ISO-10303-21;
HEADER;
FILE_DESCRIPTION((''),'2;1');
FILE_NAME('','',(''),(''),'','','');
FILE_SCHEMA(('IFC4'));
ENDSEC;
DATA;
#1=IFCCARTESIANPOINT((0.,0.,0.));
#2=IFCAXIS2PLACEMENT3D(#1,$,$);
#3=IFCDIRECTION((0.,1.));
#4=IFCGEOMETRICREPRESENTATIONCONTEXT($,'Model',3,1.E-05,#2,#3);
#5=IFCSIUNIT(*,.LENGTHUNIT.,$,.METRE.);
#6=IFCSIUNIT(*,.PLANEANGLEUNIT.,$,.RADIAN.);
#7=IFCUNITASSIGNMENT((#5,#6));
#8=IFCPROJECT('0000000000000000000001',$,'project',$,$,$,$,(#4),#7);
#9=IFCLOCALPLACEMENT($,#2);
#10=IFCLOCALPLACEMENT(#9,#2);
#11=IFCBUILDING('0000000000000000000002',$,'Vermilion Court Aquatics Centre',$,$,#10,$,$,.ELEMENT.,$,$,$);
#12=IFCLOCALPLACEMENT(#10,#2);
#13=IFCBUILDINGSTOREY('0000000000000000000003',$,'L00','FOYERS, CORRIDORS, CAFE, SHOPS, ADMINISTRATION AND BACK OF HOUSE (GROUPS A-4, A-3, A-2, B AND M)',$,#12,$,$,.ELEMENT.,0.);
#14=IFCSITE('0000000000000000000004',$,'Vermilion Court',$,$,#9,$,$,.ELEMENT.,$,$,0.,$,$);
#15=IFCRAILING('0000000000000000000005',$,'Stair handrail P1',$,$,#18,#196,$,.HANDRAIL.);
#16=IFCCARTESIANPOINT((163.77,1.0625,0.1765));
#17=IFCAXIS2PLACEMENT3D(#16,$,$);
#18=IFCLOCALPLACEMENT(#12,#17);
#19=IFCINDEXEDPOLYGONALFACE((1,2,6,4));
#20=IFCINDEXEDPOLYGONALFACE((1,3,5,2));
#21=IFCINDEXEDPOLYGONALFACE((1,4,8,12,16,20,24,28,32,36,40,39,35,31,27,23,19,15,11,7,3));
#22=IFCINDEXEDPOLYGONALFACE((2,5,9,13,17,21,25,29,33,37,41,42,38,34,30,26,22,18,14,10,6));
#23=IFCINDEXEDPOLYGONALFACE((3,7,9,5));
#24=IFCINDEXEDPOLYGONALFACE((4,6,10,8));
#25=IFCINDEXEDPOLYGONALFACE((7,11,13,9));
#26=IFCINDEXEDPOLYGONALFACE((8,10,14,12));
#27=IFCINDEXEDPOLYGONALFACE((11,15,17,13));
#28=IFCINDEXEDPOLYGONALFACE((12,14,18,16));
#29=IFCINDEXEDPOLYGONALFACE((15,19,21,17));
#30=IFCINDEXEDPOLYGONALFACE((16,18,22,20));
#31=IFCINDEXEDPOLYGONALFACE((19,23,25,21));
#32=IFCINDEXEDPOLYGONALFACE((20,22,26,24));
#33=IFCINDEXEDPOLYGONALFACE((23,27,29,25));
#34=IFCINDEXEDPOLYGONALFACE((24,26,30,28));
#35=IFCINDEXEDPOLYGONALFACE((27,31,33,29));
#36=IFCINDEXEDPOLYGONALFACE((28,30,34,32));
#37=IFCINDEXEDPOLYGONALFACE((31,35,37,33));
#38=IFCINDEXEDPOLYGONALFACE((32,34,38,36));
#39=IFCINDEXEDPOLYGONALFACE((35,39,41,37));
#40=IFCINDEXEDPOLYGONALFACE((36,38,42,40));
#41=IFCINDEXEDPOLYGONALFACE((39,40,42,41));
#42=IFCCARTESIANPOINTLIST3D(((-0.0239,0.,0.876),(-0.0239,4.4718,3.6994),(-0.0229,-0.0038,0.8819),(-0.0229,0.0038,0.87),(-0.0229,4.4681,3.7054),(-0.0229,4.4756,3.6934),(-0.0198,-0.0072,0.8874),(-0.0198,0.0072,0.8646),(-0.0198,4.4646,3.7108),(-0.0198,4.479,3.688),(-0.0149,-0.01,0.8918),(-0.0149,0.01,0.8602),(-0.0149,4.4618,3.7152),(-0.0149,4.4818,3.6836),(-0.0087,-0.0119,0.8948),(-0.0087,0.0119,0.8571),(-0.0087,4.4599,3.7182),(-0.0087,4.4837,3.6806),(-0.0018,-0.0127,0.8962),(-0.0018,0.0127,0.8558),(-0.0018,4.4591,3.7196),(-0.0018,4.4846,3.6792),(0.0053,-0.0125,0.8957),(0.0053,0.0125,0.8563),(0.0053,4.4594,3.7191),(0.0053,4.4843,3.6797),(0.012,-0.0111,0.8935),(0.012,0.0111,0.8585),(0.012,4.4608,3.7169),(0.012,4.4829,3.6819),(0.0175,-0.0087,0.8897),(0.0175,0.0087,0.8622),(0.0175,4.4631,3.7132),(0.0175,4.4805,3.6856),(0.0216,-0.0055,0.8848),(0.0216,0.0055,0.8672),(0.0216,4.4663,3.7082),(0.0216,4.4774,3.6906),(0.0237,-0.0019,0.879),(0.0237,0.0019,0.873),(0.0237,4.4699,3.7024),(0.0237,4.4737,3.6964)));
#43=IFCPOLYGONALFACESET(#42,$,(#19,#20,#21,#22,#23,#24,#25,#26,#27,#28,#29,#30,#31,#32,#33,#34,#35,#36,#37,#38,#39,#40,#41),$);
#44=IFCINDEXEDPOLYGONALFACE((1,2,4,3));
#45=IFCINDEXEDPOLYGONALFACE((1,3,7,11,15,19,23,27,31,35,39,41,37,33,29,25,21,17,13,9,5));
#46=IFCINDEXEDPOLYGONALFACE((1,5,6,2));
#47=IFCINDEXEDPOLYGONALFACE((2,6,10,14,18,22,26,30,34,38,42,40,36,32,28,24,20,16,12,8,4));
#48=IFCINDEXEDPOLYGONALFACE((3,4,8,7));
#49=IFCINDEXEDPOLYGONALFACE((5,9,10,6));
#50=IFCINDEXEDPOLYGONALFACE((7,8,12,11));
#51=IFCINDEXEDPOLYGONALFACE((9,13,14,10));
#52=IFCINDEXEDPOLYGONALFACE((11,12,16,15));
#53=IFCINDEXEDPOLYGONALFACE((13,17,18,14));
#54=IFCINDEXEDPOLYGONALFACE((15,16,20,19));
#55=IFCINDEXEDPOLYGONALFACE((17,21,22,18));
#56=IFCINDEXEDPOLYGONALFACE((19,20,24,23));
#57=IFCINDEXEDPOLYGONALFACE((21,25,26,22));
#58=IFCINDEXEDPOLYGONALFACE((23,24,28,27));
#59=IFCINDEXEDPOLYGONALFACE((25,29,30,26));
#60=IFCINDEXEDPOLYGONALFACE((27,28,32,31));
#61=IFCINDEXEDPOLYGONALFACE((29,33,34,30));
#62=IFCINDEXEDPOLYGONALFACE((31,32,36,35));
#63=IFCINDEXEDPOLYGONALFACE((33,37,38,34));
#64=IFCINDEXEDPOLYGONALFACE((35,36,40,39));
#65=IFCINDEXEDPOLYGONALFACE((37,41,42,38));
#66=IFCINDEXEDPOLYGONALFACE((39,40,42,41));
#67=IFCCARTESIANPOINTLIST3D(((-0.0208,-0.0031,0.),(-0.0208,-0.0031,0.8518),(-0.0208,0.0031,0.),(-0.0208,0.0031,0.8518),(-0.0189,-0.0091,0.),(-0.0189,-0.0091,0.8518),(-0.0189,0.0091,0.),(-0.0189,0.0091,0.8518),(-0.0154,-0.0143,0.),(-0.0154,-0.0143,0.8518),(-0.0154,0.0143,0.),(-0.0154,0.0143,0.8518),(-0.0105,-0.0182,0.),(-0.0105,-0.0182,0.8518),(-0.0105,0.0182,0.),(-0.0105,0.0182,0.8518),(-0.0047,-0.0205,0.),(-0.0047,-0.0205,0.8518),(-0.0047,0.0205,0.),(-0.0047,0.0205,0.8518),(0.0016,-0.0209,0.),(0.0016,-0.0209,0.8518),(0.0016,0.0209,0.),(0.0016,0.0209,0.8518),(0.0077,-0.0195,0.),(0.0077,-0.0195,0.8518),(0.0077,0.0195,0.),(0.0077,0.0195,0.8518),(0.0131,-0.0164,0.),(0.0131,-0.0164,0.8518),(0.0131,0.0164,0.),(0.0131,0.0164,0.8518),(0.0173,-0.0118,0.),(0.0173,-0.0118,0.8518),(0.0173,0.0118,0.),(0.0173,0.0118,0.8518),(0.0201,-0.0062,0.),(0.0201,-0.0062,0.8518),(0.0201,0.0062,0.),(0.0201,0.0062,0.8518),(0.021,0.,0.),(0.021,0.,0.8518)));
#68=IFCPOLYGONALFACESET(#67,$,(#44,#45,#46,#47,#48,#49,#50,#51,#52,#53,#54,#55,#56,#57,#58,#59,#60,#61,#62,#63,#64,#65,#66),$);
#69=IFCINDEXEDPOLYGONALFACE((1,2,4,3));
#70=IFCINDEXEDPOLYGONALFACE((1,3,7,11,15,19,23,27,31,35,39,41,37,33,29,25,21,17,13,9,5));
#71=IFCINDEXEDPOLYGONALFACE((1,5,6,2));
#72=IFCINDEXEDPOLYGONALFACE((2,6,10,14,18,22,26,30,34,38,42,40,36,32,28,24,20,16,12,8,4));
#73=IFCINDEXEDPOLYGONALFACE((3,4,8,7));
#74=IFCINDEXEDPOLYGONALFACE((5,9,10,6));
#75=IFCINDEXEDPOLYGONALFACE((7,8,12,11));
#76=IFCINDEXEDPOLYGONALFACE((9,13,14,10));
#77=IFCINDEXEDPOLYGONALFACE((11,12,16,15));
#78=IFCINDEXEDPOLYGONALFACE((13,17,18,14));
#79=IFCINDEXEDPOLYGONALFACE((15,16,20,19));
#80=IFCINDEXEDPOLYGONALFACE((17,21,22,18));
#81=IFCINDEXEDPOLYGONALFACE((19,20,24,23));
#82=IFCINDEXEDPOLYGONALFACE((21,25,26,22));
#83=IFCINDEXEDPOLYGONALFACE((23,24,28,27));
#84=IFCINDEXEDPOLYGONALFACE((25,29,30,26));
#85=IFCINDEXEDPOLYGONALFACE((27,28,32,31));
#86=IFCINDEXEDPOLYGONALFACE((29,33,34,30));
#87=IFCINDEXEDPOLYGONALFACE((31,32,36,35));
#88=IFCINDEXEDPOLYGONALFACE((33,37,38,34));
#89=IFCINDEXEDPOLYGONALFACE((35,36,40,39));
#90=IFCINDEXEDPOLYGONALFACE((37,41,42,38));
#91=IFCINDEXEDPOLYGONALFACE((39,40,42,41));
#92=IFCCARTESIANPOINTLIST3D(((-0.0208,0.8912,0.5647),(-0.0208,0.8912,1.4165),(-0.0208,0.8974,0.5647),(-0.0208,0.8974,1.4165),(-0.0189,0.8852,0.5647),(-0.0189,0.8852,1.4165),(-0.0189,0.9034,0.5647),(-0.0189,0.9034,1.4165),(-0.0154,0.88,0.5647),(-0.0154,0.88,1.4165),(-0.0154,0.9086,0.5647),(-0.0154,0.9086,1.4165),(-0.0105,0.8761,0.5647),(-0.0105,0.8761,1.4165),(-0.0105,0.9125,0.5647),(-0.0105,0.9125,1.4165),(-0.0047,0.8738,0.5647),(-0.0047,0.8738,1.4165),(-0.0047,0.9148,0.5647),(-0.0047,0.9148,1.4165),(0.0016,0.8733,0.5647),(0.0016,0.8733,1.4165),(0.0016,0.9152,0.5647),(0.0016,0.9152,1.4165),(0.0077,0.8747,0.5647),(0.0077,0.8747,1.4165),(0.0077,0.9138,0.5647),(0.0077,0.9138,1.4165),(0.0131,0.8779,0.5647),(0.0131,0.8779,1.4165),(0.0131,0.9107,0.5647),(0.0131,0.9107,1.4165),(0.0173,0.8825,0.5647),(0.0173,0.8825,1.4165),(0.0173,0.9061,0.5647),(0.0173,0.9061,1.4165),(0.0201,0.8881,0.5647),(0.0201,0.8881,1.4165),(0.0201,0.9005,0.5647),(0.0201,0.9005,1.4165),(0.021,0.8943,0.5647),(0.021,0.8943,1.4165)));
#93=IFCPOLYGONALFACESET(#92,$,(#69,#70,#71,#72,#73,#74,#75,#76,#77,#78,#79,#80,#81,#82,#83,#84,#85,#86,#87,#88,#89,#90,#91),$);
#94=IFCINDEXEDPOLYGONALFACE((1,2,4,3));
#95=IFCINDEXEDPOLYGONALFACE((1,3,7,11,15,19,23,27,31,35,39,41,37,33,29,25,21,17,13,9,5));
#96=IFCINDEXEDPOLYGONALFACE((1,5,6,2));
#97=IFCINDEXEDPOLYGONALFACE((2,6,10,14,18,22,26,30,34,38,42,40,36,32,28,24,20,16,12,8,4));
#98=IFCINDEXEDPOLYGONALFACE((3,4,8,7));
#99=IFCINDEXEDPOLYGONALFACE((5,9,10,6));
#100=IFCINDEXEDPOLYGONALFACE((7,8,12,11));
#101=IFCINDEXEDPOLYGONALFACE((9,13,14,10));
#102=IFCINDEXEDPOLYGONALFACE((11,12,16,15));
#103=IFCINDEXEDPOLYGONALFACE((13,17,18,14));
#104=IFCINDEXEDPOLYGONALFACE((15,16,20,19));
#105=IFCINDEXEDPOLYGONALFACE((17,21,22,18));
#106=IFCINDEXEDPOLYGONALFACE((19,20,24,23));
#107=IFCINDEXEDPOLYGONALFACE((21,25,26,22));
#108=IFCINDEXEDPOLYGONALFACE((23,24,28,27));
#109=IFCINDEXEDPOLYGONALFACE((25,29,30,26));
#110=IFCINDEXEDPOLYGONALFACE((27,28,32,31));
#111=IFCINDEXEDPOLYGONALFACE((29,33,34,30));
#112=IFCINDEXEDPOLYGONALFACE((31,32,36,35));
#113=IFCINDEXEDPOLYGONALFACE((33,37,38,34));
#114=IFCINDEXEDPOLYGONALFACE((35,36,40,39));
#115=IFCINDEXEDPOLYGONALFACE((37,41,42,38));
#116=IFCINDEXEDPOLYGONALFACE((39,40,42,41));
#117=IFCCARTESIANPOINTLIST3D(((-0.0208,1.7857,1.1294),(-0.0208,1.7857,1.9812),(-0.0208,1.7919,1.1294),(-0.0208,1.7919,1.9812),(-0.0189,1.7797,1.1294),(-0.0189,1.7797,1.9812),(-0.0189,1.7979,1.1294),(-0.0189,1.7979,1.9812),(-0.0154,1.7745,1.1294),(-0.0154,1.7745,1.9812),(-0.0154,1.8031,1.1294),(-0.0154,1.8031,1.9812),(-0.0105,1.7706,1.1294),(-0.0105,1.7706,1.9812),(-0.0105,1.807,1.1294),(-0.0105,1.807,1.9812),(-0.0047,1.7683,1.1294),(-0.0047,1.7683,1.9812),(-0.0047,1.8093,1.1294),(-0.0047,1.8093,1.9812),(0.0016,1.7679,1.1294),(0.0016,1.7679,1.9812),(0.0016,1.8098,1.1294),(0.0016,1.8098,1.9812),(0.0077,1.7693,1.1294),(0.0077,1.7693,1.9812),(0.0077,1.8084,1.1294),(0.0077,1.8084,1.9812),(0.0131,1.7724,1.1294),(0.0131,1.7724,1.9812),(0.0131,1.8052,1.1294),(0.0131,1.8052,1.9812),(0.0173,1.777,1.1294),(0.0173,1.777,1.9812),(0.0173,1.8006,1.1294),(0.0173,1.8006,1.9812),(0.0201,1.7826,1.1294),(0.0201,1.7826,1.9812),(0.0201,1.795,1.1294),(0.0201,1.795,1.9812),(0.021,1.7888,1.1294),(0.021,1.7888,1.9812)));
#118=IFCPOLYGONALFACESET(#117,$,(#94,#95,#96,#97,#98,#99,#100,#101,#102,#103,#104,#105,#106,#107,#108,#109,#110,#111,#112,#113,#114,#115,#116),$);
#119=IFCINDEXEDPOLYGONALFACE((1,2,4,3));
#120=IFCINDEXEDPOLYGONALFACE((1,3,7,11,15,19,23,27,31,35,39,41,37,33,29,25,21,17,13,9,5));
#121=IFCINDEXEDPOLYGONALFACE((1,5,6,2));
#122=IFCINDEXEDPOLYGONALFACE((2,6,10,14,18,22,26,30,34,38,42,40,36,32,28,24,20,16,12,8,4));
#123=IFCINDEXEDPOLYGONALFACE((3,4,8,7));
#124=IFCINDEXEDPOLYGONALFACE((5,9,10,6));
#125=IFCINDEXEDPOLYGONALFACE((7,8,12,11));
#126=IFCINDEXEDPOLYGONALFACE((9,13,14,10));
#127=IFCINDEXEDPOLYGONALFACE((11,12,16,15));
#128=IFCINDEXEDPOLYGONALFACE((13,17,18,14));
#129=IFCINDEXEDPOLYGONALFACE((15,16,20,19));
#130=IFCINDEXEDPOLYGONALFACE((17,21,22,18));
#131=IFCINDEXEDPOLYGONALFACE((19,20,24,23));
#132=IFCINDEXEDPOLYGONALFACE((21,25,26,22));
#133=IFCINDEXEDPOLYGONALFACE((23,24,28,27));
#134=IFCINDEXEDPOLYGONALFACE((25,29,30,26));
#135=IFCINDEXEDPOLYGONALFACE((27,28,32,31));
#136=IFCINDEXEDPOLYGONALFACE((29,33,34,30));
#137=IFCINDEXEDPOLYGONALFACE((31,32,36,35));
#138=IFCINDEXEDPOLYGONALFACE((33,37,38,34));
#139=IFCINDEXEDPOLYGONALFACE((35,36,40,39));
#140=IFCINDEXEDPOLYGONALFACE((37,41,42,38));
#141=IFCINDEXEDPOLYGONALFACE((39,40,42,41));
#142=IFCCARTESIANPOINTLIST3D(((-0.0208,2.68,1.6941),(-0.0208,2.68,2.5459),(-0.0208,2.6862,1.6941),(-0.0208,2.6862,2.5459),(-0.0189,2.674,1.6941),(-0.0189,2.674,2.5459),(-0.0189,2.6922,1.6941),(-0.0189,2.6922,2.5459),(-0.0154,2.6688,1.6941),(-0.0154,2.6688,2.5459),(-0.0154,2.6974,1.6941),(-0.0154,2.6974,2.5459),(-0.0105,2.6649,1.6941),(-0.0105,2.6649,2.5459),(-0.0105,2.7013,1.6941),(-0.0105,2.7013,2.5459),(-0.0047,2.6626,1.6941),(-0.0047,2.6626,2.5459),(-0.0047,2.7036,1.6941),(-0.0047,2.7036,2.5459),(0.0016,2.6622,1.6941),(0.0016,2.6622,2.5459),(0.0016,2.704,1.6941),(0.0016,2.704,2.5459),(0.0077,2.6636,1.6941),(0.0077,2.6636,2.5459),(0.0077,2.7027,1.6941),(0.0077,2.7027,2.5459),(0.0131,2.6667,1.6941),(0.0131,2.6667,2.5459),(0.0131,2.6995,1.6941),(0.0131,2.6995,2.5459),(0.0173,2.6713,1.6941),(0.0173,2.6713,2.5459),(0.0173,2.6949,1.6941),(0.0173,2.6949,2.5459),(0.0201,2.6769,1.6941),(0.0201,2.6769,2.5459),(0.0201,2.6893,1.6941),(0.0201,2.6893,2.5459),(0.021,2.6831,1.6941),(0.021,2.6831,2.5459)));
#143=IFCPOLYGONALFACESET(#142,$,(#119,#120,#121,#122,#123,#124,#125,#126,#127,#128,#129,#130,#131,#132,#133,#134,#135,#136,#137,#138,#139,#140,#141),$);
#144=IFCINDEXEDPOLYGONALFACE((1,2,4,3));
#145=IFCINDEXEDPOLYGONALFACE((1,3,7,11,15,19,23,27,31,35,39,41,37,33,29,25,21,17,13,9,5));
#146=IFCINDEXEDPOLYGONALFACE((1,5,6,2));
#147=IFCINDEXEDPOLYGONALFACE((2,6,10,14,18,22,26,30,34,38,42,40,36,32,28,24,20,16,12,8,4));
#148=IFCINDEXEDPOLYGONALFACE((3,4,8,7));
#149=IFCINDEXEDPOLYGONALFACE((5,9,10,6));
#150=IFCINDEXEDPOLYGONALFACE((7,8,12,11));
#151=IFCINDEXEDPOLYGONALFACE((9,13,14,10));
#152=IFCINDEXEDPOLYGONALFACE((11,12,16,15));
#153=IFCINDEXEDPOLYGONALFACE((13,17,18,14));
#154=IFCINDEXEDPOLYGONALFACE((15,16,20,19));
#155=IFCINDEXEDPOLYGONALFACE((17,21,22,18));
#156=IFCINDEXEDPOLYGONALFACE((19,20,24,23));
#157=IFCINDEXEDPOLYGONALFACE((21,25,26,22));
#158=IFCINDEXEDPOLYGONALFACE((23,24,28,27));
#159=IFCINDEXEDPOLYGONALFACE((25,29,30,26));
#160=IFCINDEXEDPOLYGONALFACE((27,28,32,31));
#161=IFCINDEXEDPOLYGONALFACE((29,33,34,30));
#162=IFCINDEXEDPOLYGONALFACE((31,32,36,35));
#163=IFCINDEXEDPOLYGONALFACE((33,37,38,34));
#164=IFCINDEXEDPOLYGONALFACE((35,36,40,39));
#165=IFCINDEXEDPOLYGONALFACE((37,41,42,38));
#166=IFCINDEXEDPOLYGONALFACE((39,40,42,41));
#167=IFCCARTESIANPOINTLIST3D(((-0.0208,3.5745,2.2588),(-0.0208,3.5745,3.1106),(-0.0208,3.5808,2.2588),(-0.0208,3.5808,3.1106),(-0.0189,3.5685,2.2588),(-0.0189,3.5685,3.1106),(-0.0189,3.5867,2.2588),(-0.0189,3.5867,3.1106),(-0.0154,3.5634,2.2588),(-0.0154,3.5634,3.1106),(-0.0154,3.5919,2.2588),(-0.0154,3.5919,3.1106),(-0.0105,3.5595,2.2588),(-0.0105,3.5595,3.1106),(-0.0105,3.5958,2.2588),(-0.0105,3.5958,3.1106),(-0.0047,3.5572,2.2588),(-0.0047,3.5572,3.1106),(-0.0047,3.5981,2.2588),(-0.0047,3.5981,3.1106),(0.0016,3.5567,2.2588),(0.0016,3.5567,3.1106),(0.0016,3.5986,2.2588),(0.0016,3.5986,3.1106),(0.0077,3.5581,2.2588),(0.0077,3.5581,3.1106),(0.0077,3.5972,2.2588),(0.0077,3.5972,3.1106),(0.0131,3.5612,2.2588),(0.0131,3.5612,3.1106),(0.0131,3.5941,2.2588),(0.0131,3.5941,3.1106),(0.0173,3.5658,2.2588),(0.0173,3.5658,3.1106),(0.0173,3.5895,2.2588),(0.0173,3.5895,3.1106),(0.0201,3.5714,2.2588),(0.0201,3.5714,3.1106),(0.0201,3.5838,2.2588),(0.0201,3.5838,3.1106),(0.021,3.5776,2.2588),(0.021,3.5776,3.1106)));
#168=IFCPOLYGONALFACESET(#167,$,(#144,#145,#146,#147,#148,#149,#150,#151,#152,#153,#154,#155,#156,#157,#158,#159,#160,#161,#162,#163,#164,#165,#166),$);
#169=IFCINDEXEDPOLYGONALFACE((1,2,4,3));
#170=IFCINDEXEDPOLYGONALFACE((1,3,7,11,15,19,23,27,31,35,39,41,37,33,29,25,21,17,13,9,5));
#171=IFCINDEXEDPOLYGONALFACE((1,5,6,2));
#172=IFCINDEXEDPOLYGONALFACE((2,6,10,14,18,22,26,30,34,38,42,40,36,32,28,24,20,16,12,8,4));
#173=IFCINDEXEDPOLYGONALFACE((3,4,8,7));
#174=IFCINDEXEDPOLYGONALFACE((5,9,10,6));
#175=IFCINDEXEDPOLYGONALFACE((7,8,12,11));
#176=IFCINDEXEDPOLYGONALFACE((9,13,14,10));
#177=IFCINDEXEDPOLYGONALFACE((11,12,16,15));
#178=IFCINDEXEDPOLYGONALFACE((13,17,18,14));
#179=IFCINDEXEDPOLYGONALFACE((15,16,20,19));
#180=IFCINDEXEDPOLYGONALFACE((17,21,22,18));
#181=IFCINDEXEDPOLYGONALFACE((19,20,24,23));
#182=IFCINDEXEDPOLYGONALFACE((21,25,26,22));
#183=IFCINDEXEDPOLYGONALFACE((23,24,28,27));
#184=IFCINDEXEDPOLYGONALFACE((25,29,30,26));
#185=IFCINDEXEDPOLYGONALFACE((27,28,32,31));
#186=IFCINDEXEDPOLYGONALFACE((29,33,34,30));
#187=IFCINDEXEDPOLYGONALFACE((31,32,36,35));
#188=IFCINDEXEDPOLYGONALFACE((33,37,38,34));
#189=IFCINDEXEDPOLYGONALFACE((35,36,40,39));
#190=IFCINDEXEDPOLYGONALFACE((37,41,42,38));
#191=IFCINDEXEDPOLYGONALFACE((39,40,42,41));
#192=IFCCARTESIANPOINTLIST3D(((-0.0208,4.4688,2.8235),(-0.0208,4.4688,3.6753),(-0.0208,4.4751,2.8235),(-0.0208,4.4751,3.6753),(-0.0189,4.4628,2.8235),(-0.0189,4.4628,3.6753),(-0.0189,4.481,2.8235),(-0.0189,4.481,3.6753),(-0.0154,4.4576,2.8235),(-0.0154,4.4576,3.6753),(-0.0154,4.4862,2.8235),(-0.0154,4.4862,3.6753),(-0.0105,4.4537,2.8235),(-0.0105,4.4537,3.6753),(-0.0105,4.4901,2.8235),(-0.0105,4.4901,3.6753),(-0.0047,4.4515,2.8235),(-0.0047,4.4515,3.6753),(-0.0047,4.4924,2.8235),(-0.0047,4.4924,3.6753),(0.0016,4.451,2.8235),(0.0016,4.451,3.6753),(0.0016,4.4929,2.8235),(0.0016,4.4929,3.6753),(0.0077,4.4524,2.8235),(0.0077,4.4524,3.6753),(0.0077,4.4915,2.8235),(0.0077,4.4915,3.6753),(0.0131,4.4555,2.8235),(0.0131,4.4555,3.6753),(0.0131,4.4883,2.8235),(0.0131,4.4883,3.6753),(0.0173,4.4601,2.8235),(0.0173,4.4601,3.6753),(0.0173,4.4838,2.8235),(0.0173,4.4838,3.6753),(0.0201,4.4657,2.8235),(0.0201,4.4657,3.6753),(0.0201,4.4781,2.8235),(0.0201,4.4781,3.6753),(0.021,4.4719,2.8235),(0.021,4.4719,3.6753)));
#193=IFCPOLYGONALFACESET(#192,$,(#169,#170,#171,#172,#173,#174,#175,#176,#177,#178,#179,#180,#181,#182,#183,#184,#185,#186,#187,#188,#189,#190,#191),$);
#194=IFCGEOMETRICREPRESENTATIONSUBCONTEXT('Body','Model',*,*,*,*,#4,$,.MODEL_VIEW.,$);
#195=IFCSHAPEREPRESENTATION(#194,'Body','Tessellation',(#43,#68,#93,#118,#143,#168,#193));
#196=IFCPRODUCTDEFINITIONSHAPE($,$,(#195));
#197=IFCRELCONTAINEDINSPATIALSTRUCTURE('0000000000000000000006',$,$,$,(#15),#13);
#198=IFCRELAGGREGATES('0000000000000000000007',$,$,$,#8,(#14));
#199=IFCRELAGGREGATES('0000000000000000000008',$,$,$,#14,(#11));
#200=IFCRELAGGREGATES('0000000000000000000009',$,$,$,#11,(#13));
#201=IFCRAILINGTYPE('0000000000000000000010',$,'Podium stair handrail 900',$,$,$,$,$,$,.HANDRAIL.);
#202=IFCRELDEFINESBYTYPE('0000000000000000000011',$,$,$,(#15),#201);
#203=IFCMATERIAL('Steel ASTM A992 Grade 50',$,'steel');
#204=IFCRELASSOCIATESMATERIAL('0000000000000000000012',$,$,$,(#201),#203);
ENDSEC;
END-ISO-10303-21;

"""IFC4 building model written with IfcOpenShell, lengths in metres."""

from ifc_helpers import new_model, si_unit, direction, frame, origin, origin_2d, place, context, subcontext, project, spatial, circle, extrude, material, type_object, element, save


model = new_model("IFC4")

# Units and contexts
model_context = context("Model", 3, precision=1e-05, world=origin(), true_north=direction((0.0, 1.0)))
body_context = subcontext(model_context, "Body", "Model", "MODEL_VIEW")
ifc_project = project(units=[si_unit("LENGTHUNIT", "METRE"), si_unit("PLANEANGLEUNIT", "RADIAN")], contexts=[model_context])

# Site, building, storey
site_placement = place(None, origin())
site = spatial("IfcSite", under=ifc_project, at=site_placement, Name="Vermilion Court", CompositionType="ELEMENT", RefElevation=0.0)
building_placement = place(site_placement, origin())
building = spatial("IfcBuilding", under=site, at=building_placement, Name="Vermilion Court Aquatics Centre", CompositionType="ELEMENT")
storey_placement = place(building_placement, origin())
storey = spatial("IfcBuildingStorey", under=building, at=storey_placement, Name="L00", Description="FOYERS, CORRIDORS, CAFE, SHOPS, ADMINISTRATION AND BACK OF HOUSE (GROUPS A-4, A-3, A-2, B AND M)", CompositionType="ELEMENT", Elevation=0.0)

# Railing
ifc_material_1 = material(Name="Steel ASTM A992 Grade 50", Category="steel")
railing_type_1 = type_object("IfcRailingType", Name="Podium stair handrail 900", PredefinedType="HANDRAIL", material=ifc_material_1)
for number, where, name in (
    (1, (163.77, 1.0625, 0.1765), "Stair handrail P1"),
):
    element("IfcRailing", number, at=place(storey_placement, frame(where)), inside=storey, type_object=railing_type_1, Name=name, PredefinedType="HANDRAIL", context=body_context, shape_type="SweptSolid", body=[
        extrude(circle(Radius=0.0239, at=origin_2d()), frame((0.0, 0.0, 0.876), z_axis=(0.0, 0.845565, 0.533873), x_axis=(-1.0, 0.0, 0.0)), (0.0, 0.0, 1.0), 5.2886),
        extrude(circle(Radius=0.021, at=origin_2d()), origin(), (0.0, 0.0, 1.0), 0.8518),
        extrude(circle(Radius=0.021, at=origin_2d()), frame((0.0, 0.8943, 0.5647)), (0.0, 0.0, 1.0), 0.8518),
        extrude(circle(Radius=0.021, at=origin_2d()), frame((0.0, 1.7888, 1.1294)), (0.0, 0.0, 1.0), 0.8518),
        extrude(circle(Radius=0.021, at=origin_2d()), frame((0.0, 2.6831, 1.6941)), (0.0, 0.0, 1.0), 0.8518),
        extrude(circle(Radius=0.021, at=origin_2d()), frame((0.0, 3.5776, 2.2588)), (0.0, 0.0, 1.0), 0.8518),
        extrude(circle(Radius=0.021, at=origin_2d()), frame((0.0, 4.4719, 2.8235)), (0.0, 0.0, 1.0), 0.8518),
    ])

save(model, "model.ifc")
